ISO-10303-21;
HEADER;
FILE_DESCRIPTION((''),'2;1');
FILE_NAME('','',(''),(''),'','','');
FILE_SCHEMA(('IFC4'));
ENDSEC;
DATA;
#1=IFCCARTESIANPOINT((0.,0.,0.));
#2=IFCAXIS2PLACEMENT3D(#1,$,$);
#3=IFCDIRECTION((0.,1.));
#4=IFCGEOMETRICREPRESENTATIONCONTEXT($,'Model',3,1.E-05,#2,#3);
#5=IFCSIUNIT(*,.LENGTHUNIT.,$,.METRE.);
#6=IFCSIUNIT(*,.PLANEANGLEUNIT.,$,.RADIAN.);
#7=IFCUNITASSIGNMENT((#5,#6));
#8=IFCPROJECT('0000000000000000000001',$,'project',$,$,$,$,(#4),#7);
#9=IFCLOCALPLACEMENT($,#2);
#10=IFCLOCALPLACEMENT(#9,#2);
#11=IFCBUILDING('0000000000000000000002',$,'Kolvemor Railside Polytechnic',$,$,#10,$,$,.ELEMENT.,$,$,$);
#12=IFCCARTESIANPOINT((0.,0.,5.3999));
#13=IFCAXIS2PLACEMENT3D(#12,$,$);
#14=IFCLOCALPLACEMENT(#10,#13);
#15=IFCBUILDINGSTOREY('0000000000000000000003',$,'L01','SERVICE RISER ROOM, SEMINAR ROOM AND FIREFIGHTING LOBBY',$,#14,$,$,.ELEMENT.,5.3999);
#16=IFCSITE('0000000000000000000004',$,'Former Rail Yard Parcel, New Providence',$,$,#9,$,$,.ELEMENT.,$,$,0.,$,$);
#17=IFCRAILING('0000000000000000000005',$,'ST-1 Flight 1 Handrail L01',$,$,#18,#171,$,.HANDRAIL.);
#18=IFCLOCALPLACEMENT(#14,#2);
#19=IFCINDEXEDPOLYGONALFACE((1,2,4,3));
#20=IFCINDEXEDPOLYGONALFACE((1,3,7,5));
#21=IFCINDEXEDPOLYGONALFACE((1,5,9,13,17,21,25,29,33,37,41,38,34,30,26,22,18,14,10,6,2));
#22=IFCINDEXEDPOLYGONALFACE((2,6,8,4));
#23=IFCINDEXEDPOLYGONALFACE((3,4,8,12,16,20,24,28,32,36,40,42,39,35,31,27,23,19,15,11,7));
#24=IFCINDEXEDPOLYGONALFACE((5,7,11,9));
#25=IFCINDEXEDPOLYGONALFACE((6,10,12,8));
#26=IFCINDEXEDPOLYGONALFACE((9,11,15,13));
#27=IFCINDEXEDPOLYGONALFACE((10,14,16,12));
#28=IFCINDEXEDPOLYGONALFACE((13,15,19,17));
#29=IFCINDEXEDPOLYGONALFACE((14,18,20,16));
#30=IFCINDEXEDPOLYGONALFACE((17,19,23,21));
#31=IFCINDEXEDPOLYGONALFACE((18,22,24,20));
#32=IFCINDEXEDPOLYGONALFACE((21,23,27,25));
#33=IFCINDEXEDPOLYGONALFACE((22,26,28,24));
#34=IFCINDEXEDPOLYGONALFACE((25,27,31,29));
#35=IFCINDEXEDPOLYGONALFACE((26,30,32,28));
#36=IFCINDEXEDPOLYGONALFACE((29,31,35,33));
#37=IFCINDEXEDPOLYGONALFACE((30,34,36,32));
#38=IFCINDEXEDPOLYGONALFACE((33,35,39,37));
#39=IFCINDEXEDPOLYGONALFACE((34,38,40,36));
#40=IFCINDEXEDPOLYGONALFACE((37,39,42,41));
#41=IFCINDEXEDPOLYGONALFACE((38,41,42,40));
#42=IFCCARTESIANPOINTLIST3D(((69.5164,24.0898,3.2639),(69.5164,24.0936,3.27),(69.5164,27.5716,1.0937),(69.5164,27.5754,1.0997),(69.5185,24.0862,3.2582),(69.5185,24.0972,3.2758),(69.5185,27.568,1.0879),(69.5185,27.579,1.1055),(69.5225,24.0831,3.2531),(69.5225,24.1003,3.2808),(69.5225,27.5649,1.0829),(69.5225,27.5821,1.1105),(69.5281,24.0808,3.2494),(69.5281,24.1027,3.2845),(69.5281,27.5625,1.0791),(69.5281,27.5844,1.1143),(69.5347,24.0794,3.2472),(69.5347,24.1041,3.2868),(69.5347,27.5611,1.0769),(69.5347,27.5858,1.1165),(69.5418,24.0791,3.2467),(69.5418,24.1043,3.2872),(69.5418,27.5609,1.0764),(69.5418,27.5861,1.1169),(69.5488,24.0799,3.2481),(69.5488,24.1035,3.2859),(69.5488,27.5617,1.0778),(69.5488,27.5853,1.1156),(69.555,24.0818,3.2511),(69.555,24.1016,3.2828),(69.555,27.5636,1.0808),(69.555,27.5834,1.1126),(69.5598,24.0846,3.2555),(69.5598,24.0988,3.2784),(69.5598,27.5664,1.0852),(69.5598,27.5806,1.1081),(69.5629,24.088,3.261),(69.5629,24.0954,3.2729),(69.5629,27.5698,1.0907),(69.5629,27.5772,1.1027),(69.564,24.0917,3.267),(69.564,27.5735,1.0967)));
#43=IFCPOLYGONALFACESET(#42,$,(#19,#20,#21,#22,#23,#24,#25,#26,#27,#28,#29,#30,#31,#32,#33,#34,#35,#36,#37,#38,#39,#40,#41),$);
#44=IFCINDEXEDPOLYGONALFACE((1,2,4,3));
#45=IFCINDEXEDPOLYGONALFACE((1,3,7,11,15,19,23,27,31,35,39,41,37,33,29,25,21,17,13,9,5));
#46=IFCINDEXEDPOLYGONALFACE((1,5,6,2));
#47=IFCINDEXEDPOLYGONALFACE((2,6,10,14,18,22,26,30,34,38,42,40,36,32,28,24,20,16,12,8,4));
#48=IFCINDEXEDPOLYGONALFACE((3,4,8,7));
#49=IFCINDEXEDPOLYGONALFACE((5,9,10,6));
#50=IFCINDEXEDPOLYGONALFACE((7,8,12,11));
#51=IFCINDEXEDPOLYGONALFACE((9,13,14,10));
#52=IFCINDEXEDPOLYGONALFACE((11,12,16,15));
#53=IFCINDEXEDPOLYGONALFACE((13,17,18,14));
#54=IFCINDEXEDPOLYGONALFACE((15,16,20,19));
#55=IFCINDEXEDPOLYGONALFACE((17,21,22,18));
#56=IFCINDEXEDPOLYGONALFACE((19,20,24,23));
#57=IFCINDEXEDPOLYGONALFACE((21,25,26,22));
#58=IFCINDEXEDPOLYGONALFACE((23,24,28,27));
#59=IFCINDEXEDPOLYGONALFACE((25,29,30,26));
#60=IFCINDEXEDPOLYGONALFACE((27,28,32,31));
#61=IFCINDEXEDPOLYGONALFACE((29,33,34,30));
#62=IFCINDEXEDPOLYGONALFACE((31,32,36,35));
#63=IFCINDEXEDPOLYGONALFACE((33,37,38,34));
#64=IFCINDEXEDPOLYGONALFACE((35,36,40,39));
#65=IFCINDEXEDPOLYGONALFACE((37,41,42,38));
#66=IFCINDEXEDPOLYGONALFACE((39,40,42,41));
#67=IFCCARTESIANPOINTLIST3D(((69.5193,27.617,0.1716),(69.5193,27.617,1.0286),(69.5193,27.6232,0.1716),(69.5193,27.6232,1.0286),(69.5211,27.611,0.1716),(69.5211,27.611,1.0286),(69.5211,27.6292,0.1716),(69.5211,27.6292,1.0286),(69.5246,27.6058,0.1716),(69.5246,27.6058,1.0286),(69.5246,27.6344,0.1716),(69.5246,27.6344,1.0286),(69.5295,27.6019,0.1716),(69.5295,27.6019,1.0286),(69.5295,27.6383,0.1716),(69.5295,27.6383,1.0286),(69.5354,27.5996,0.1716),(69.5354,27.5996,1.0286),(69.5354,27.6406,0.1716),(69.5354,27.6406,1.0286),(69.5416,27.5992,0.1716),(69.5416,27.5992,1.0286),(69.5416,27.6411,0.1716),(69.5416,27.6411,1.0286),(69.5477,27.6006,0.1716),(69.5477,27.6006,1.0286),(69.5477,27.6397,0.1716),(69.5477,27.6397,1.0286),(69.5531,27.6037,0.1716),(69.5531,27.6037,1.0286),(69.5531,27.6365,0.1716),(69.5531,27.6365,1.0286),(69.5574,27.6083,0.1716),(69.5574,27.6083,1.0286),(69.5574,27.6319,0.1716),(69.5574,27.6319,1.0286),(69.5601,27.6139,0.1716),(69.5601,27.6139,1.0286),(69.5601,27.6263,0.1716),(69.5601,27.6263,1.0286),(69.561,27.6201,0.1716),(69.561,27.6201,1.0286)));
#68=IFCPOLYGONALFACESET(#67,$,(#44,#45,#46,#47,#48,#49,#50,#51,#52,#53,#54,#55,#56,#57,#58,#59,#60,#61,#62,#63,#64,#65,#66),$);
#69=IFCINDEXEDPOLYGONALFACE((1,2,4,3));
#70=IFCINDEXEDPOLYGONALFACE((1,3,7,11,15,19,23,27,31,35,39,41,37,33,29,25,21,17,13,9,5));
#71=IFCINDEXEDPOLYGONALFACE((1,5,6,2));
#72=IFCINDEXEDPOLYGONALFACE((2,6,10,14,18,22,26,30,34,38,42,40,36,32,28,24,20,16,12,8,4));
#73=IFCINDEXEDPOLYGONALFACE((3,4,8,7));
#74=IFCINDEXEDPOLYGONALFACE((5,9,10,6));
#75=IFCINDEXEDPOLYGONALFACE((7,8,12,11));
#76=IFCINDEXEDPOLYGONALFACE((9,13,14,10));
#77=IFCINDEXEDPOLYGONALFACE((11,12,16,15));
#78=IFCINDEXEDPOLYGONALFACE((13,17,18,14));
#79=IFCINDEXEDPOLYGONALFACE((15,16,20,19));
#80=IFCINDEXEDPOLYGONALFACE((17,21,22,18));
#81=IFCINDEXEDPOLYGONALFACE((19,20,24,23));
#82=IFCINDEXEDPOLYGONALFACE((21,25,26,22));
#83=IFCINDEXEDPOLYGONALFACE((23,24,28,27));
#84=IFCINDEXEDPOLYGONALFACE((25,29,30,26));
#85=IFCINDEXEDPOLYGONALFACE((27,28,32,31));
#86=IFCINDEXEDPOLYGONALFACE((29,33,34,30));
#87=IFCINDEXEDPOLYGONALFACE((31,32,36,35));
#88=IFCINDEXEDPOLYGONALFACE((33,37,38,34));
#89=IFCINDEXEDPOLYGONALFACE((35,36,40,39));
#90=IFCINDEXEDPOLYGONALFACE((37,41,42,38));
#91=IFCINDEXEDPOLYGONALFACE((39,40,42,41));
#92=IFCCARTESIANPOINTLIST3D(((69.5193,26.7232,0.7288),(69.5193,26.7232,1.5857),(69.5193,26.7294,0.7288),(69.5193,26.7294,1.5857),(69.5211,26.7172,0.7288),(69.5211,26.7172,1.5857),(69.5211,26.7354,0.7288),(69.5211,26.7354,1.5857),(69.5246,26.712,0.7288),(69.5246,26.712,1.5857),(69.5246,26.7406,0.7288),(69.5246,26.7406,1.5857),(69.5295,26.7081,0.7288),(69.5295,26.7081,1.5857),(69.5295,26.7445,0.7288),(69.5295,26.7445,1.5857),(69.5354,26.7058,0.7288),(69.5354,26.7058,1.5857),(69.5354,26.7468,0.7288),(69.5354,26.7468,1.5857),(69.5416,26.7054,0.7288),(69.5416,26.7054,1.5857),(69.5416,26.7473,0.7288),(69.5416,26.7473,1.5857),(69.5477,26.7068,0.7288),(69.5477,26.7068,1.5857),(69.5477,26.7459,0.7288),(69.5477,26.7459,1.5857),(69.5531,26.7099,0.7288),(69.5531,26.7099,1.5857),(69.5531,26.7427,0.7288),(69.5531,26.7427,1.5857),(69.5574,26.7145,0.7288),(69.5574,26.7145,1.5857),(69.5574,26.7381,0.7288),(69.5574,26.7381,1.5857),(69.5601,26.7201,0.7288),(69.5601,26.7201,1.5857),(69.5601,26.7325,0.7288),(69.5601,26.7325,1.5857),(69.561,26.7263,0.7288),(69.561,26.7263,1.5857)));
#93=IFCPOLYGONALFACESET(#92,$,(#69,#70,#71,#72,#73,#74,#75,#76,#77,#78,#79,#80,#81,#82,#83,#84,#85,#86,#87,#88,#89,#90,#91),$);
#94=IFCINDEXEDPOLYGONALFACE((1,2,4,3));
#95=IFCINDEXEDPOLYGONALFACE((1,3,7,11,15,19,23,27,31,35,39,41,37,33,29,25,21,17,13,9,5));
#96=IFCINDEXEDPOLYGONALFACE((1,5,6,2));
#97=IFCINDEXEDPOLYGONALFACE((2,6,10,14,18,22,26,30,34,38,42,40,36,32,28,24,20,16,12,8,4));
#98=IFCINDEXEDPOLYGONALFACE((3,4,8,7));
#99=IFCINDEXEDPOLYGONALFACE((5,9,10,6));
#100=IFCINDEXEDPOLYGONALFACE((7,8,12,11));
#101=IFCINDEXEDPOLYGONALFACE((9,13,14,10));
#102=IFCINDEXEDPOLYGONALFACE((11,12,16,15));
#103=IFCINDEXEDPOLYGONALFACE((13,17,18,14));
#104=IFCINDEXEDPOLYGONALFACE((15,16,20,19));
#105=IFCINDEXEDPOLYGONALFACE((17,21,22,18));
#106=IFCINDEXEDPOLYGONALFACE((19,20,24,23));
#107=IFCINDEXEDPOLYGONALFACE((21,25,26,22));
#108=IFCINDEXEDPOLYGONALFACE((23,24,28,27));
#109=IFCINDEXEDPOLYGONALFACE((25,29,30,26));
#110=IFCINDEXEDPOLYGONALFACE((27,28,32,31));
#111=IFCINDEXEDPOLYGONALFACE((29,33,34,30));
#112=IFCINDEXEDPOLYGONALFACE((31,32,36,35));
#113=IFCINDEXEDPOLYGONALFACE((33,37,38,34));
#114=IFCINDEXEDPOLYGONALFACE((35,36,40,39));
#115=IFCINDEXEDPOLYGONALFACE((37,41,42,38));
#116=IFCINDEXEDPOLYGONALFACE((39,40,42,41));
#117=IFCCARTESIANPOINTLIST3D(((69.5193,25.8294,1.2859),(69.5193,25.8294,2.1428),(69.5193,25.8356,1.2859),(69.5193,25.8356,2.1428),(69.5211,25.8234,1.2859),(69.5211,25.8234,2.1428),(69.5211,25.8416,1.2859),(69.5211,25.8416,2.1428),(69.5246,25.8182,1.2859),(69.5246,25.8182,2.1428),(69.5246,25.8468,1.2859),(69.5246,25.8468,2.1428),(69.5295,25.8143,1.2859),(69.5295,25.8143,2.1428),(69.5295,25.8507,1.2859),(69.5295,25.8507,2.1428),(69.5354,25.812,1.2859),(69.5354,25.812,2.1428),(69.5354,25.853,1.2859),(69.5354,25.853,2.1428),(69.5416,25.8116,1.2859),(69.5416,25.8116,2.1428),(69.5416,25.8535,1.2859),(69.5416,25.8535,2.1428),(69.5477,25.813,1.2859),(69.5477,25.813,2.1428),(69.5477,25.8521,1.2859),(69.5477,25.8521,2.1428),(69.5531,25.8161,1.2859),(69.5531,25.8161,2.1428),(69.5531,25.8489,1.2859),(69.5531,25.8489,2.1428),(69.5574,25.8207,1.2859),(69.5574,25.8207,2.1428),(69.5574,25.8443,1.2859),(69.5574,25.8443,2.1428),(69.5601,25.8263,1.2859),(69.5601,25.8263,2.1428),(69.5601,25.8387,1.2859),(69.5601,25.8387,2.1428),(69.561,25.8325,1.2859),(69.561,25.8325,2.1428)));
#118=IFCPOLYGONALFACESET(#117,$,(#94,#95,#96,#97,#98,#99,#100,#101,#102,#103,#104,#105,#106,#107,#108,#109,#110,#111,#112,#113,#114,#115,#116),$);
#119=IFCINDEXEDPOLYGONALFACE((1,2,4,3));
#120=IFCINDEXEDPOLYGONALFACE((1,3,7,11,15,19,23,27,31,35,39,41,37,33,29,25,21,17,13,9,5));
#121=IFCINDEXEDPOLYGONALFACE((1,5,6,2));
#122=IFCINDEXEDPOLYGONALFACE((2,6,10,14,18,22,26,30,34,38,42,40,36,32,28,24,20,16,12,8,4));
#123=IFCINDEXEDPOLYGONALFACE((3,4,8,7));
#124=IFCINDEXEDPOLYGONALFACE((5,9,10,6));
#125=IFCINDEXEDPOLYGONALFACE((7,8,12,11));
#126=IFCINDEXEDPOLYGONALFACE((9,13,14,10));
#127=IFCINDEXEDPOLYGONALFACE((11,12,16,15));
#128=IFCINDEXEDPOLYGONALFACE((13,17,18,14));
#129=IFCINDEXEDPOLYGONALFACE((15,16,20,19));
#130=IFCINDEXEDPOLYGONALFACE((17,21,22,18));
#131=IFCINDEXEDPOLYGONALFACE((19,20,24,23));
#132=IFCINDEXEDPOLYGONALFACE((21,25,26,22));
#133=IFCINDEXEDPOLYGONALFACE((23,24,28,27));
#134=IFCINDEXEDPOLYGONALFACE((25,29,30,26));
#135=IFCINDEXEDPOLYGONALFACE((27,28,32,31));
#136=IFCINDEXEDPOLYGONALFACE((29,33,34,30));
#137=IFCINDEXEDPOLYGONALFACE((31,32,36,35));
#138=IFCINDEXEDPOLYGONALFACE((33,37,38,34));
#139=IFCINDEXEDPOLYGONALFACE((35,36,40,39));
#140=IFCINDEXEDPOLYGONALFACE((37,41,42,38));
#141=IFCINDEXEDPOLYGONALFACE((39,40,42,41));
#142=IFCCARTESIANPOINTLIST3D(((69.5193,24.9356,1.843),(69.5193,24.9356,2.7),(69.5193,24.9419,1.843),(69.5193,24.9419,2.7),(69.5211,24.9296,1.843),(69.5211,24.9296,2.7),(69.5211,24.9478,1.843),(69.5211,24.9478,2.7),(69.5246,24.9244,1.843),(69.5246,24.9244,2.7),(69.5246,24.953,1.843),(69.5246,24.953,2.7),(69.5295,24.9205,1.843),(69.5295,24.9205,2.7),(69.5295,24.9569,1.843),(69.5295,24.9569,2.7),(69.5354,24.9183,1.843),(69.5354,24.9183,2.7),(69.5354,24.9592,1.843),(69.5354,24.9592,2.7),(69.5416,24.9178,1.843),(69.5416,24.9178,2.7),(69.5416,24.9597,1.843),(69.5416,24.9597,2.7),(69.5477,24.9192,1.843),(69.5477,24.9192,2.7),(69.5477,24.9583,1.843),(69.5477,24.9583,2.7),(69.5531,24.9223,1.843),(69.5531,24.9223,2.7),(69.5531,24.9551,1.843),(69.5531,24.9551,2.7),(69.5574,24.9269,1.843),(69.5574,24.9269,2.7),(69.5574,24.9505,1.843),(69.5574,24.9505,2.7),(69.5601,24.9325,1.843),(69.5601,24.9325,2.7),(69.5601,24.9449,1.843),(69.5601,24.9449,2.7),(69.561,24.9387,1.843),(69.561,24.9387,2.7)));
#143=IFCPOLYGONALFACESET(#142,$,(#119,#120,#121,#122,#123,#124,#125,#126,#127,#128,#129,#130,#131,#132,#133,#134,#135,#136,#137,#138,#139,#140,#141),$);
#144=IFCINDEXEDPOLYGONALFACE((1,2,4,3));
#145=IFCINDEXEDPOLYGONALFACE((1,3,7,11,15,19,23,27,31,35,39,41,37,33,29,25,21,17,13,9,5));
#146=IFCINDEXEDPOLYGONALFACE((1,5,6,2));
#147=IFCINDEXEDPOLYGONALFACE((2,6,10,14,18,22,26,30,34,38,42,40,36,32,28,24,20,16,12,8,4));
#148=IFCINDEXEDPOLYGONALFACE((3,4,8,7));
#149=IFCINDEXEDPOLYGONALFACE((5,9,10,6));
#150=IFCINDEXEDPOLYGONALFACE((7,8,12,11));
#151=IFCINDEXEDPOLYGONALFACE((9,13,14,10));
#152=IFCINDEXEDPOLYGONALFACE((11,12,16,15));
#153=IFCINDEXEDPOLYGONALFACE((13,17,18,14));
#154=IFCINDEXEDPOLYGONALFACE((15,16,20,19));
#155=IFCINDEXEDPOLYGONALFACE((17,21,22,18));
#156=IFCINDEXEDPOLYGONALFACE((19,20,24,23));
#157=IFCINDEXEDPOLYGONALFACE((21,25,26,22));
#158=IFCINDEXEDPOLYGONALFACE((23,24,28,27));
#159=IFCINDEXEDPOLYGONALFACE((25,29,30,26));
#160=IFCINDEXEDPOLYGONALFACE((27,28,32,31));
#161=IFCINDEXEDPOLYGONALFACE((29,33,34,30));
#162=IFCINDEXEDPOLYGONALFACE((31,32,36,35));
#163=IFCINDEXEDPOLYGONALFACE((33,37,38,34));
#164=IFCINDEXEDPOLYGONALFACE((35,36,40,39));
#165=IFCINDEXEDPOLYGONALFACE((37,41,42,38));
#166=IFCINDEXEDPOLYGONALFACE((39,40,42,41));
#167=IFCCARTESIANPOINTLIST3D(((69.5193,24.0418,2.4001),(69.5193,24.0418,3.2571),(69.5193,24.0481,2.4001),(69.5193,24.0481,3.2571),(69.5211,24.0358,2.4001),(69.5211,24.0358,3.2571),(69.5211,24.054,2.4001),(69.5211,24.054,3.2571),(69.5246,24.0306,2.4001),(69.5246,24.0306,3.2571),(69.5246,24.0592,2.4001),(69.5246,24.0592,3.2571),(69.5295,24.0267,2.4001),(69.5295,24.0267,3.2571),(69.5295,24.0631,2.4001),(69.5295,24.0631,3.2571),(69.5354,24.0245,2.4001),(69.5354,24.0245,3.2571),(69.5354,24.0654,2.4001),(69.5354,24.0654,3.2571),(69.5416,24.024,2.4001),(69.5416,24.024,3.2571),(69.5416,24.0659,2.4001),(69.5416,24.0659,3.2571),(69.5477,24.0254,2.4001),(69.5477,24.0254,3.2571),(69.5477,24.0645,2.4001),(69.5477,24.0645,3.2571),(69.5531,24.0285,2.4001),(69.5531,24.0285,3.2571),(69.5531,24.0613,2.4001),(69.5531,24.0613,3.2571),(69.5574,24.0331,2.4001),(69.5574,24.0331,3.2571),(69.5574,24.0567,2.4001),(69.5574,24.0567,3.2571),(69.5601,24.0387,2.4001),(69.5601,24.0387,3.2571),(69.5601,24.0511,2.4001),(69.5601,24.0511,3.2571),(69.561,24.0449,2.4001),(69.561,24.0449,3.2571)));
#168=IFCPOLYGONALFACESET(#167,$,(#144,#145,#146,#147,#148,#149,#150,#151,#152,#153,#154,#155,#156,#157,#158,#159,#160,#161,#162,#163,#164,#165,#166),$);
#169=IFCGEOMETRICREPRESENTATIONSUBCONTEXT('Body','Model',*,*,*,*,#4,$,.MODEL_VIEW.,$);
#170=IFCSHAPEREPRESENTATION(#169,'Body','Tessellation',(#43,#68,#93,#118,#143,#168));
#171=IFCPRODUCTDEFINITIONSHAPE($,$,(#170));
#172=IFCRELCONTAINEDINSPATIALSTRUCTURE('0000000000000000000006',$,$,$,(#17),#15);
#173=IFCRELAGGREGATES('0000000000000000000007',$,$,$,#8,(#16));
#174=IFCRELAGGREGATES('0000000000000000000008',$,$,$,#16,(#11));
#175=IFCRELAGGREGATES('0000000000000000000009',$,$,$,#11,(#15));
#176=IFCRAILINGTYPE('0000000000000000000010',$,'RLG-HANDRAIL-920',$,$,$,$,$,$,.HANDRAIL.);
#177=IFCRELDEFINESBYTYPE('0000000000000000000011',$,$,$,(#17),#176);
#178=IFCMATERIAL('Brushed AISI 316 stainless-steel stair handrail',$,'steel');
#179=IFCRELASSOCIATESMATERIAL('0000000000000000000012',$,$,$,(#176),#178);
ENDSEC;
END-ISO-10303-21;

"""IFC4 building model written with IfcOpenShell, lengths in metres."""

from ifc_helpers import new_model, si_unit, direction, frame, origin, origin_2d, place, context, subcontext, project, spatial, circle, extrude, material, type_object, element, save


model = new_model("IFC4")

# Units and contexts
model_context = context("Model", 3, precision=1e-05, world=origin(), true_north=direction((0.0, 1.0)))
body_context = subcontext(model_context, "Body", "Model", "MODEL_VIEW")
ifc_project = project(units=[si_unit("LENGTHUNIT", "METRE"), si_unit("PLANEANGLEUNIT", "RADIAN")], contexts=[model_context])

# Site, building, storey
site_placement = place(None, origin())
site = spatial("IfcSite", under=ifc_project, at=site_placement, Name="Former Rail Yard Parcel, New Providence", CompositionType="ELEMENT", RefElevation=0.0)
building_placement = place(site_placement, origin())
building = spatial("IfcBuilding", under=site, at=building_placement, Name="Kolvemor Railside Polytechnic", CompositionType="ELEMENT")
storey_placement = place(building_placement, frame((0.0, 0.0, 5.3999)))
storey = spatial("IfcBuildingStorey", under=building, at=storey_placement, Name="L01", Description="SERVICE RISER ROOM, SEMINAR ROOM AND FIREFIGHTING LOBBY", CompositionType="ELEMENT", Elevation=5.3999)

# Railing
ifc_material_1 = material(Name="Brushed AISI 316 stainless-steel stair handrail", Category="steel")
railing_type_1 = type_object("IfcRailingType", Name="RLG-HANDRAIL-920", PredefinedType="HANDRAIL", material=ifc_material_1)
railing_1_placement = place(storey_placement, frame((69.54, 27.6201, 0.1716)))
element("IfcRailing", 1, at=railing_1_placement, inside=storey, type_object=railing_type_1, Name="ST-1 Flight 1 Handrail L01", PredefinedType="HANDRAIL", context=body_context, shape_type="SweptSolid", body=[
    extrude(circle(Radius=0.0239, at=origin_2d()), frame((0.0, -0.0466, 0.925), z_axis=(0.0, -0.848636, 0.528978), x_axis=(1.0, 0.0, 0.0)), (0.0, 0.0, 1.0), 4.1028),
    extrude(circle(Radius=0.021, at=origin_2d()), origin(), (0.0, 0.0, 1.0), 0.8569),
    extrude(circle(Radius=0.021, at=origin_2d()), frame((0.0, -0.8938, 0.5571)), (0.0, 0.0, 1.0), 0.8569),
    extrude(circle(Radius=0.021, at=origin_2d()), frame((0.0, -1.7876, 1.1143)), (0.0, 0.0, 1.0), 0.8569),
    extrude(circle(Radius=0.021, at=origin_2d()), frame((0.0, -2.6814, 1.6714)), (0.0, 0.0, 1.0), 0.8569),
    extrude(circle(Radius=0.021, at=origin_2d()), frame((0.0, -3.5752, 2.2285)), (0.0, 0.0, 1.0), 0.8569),
])

save(model, "model.ifc")
